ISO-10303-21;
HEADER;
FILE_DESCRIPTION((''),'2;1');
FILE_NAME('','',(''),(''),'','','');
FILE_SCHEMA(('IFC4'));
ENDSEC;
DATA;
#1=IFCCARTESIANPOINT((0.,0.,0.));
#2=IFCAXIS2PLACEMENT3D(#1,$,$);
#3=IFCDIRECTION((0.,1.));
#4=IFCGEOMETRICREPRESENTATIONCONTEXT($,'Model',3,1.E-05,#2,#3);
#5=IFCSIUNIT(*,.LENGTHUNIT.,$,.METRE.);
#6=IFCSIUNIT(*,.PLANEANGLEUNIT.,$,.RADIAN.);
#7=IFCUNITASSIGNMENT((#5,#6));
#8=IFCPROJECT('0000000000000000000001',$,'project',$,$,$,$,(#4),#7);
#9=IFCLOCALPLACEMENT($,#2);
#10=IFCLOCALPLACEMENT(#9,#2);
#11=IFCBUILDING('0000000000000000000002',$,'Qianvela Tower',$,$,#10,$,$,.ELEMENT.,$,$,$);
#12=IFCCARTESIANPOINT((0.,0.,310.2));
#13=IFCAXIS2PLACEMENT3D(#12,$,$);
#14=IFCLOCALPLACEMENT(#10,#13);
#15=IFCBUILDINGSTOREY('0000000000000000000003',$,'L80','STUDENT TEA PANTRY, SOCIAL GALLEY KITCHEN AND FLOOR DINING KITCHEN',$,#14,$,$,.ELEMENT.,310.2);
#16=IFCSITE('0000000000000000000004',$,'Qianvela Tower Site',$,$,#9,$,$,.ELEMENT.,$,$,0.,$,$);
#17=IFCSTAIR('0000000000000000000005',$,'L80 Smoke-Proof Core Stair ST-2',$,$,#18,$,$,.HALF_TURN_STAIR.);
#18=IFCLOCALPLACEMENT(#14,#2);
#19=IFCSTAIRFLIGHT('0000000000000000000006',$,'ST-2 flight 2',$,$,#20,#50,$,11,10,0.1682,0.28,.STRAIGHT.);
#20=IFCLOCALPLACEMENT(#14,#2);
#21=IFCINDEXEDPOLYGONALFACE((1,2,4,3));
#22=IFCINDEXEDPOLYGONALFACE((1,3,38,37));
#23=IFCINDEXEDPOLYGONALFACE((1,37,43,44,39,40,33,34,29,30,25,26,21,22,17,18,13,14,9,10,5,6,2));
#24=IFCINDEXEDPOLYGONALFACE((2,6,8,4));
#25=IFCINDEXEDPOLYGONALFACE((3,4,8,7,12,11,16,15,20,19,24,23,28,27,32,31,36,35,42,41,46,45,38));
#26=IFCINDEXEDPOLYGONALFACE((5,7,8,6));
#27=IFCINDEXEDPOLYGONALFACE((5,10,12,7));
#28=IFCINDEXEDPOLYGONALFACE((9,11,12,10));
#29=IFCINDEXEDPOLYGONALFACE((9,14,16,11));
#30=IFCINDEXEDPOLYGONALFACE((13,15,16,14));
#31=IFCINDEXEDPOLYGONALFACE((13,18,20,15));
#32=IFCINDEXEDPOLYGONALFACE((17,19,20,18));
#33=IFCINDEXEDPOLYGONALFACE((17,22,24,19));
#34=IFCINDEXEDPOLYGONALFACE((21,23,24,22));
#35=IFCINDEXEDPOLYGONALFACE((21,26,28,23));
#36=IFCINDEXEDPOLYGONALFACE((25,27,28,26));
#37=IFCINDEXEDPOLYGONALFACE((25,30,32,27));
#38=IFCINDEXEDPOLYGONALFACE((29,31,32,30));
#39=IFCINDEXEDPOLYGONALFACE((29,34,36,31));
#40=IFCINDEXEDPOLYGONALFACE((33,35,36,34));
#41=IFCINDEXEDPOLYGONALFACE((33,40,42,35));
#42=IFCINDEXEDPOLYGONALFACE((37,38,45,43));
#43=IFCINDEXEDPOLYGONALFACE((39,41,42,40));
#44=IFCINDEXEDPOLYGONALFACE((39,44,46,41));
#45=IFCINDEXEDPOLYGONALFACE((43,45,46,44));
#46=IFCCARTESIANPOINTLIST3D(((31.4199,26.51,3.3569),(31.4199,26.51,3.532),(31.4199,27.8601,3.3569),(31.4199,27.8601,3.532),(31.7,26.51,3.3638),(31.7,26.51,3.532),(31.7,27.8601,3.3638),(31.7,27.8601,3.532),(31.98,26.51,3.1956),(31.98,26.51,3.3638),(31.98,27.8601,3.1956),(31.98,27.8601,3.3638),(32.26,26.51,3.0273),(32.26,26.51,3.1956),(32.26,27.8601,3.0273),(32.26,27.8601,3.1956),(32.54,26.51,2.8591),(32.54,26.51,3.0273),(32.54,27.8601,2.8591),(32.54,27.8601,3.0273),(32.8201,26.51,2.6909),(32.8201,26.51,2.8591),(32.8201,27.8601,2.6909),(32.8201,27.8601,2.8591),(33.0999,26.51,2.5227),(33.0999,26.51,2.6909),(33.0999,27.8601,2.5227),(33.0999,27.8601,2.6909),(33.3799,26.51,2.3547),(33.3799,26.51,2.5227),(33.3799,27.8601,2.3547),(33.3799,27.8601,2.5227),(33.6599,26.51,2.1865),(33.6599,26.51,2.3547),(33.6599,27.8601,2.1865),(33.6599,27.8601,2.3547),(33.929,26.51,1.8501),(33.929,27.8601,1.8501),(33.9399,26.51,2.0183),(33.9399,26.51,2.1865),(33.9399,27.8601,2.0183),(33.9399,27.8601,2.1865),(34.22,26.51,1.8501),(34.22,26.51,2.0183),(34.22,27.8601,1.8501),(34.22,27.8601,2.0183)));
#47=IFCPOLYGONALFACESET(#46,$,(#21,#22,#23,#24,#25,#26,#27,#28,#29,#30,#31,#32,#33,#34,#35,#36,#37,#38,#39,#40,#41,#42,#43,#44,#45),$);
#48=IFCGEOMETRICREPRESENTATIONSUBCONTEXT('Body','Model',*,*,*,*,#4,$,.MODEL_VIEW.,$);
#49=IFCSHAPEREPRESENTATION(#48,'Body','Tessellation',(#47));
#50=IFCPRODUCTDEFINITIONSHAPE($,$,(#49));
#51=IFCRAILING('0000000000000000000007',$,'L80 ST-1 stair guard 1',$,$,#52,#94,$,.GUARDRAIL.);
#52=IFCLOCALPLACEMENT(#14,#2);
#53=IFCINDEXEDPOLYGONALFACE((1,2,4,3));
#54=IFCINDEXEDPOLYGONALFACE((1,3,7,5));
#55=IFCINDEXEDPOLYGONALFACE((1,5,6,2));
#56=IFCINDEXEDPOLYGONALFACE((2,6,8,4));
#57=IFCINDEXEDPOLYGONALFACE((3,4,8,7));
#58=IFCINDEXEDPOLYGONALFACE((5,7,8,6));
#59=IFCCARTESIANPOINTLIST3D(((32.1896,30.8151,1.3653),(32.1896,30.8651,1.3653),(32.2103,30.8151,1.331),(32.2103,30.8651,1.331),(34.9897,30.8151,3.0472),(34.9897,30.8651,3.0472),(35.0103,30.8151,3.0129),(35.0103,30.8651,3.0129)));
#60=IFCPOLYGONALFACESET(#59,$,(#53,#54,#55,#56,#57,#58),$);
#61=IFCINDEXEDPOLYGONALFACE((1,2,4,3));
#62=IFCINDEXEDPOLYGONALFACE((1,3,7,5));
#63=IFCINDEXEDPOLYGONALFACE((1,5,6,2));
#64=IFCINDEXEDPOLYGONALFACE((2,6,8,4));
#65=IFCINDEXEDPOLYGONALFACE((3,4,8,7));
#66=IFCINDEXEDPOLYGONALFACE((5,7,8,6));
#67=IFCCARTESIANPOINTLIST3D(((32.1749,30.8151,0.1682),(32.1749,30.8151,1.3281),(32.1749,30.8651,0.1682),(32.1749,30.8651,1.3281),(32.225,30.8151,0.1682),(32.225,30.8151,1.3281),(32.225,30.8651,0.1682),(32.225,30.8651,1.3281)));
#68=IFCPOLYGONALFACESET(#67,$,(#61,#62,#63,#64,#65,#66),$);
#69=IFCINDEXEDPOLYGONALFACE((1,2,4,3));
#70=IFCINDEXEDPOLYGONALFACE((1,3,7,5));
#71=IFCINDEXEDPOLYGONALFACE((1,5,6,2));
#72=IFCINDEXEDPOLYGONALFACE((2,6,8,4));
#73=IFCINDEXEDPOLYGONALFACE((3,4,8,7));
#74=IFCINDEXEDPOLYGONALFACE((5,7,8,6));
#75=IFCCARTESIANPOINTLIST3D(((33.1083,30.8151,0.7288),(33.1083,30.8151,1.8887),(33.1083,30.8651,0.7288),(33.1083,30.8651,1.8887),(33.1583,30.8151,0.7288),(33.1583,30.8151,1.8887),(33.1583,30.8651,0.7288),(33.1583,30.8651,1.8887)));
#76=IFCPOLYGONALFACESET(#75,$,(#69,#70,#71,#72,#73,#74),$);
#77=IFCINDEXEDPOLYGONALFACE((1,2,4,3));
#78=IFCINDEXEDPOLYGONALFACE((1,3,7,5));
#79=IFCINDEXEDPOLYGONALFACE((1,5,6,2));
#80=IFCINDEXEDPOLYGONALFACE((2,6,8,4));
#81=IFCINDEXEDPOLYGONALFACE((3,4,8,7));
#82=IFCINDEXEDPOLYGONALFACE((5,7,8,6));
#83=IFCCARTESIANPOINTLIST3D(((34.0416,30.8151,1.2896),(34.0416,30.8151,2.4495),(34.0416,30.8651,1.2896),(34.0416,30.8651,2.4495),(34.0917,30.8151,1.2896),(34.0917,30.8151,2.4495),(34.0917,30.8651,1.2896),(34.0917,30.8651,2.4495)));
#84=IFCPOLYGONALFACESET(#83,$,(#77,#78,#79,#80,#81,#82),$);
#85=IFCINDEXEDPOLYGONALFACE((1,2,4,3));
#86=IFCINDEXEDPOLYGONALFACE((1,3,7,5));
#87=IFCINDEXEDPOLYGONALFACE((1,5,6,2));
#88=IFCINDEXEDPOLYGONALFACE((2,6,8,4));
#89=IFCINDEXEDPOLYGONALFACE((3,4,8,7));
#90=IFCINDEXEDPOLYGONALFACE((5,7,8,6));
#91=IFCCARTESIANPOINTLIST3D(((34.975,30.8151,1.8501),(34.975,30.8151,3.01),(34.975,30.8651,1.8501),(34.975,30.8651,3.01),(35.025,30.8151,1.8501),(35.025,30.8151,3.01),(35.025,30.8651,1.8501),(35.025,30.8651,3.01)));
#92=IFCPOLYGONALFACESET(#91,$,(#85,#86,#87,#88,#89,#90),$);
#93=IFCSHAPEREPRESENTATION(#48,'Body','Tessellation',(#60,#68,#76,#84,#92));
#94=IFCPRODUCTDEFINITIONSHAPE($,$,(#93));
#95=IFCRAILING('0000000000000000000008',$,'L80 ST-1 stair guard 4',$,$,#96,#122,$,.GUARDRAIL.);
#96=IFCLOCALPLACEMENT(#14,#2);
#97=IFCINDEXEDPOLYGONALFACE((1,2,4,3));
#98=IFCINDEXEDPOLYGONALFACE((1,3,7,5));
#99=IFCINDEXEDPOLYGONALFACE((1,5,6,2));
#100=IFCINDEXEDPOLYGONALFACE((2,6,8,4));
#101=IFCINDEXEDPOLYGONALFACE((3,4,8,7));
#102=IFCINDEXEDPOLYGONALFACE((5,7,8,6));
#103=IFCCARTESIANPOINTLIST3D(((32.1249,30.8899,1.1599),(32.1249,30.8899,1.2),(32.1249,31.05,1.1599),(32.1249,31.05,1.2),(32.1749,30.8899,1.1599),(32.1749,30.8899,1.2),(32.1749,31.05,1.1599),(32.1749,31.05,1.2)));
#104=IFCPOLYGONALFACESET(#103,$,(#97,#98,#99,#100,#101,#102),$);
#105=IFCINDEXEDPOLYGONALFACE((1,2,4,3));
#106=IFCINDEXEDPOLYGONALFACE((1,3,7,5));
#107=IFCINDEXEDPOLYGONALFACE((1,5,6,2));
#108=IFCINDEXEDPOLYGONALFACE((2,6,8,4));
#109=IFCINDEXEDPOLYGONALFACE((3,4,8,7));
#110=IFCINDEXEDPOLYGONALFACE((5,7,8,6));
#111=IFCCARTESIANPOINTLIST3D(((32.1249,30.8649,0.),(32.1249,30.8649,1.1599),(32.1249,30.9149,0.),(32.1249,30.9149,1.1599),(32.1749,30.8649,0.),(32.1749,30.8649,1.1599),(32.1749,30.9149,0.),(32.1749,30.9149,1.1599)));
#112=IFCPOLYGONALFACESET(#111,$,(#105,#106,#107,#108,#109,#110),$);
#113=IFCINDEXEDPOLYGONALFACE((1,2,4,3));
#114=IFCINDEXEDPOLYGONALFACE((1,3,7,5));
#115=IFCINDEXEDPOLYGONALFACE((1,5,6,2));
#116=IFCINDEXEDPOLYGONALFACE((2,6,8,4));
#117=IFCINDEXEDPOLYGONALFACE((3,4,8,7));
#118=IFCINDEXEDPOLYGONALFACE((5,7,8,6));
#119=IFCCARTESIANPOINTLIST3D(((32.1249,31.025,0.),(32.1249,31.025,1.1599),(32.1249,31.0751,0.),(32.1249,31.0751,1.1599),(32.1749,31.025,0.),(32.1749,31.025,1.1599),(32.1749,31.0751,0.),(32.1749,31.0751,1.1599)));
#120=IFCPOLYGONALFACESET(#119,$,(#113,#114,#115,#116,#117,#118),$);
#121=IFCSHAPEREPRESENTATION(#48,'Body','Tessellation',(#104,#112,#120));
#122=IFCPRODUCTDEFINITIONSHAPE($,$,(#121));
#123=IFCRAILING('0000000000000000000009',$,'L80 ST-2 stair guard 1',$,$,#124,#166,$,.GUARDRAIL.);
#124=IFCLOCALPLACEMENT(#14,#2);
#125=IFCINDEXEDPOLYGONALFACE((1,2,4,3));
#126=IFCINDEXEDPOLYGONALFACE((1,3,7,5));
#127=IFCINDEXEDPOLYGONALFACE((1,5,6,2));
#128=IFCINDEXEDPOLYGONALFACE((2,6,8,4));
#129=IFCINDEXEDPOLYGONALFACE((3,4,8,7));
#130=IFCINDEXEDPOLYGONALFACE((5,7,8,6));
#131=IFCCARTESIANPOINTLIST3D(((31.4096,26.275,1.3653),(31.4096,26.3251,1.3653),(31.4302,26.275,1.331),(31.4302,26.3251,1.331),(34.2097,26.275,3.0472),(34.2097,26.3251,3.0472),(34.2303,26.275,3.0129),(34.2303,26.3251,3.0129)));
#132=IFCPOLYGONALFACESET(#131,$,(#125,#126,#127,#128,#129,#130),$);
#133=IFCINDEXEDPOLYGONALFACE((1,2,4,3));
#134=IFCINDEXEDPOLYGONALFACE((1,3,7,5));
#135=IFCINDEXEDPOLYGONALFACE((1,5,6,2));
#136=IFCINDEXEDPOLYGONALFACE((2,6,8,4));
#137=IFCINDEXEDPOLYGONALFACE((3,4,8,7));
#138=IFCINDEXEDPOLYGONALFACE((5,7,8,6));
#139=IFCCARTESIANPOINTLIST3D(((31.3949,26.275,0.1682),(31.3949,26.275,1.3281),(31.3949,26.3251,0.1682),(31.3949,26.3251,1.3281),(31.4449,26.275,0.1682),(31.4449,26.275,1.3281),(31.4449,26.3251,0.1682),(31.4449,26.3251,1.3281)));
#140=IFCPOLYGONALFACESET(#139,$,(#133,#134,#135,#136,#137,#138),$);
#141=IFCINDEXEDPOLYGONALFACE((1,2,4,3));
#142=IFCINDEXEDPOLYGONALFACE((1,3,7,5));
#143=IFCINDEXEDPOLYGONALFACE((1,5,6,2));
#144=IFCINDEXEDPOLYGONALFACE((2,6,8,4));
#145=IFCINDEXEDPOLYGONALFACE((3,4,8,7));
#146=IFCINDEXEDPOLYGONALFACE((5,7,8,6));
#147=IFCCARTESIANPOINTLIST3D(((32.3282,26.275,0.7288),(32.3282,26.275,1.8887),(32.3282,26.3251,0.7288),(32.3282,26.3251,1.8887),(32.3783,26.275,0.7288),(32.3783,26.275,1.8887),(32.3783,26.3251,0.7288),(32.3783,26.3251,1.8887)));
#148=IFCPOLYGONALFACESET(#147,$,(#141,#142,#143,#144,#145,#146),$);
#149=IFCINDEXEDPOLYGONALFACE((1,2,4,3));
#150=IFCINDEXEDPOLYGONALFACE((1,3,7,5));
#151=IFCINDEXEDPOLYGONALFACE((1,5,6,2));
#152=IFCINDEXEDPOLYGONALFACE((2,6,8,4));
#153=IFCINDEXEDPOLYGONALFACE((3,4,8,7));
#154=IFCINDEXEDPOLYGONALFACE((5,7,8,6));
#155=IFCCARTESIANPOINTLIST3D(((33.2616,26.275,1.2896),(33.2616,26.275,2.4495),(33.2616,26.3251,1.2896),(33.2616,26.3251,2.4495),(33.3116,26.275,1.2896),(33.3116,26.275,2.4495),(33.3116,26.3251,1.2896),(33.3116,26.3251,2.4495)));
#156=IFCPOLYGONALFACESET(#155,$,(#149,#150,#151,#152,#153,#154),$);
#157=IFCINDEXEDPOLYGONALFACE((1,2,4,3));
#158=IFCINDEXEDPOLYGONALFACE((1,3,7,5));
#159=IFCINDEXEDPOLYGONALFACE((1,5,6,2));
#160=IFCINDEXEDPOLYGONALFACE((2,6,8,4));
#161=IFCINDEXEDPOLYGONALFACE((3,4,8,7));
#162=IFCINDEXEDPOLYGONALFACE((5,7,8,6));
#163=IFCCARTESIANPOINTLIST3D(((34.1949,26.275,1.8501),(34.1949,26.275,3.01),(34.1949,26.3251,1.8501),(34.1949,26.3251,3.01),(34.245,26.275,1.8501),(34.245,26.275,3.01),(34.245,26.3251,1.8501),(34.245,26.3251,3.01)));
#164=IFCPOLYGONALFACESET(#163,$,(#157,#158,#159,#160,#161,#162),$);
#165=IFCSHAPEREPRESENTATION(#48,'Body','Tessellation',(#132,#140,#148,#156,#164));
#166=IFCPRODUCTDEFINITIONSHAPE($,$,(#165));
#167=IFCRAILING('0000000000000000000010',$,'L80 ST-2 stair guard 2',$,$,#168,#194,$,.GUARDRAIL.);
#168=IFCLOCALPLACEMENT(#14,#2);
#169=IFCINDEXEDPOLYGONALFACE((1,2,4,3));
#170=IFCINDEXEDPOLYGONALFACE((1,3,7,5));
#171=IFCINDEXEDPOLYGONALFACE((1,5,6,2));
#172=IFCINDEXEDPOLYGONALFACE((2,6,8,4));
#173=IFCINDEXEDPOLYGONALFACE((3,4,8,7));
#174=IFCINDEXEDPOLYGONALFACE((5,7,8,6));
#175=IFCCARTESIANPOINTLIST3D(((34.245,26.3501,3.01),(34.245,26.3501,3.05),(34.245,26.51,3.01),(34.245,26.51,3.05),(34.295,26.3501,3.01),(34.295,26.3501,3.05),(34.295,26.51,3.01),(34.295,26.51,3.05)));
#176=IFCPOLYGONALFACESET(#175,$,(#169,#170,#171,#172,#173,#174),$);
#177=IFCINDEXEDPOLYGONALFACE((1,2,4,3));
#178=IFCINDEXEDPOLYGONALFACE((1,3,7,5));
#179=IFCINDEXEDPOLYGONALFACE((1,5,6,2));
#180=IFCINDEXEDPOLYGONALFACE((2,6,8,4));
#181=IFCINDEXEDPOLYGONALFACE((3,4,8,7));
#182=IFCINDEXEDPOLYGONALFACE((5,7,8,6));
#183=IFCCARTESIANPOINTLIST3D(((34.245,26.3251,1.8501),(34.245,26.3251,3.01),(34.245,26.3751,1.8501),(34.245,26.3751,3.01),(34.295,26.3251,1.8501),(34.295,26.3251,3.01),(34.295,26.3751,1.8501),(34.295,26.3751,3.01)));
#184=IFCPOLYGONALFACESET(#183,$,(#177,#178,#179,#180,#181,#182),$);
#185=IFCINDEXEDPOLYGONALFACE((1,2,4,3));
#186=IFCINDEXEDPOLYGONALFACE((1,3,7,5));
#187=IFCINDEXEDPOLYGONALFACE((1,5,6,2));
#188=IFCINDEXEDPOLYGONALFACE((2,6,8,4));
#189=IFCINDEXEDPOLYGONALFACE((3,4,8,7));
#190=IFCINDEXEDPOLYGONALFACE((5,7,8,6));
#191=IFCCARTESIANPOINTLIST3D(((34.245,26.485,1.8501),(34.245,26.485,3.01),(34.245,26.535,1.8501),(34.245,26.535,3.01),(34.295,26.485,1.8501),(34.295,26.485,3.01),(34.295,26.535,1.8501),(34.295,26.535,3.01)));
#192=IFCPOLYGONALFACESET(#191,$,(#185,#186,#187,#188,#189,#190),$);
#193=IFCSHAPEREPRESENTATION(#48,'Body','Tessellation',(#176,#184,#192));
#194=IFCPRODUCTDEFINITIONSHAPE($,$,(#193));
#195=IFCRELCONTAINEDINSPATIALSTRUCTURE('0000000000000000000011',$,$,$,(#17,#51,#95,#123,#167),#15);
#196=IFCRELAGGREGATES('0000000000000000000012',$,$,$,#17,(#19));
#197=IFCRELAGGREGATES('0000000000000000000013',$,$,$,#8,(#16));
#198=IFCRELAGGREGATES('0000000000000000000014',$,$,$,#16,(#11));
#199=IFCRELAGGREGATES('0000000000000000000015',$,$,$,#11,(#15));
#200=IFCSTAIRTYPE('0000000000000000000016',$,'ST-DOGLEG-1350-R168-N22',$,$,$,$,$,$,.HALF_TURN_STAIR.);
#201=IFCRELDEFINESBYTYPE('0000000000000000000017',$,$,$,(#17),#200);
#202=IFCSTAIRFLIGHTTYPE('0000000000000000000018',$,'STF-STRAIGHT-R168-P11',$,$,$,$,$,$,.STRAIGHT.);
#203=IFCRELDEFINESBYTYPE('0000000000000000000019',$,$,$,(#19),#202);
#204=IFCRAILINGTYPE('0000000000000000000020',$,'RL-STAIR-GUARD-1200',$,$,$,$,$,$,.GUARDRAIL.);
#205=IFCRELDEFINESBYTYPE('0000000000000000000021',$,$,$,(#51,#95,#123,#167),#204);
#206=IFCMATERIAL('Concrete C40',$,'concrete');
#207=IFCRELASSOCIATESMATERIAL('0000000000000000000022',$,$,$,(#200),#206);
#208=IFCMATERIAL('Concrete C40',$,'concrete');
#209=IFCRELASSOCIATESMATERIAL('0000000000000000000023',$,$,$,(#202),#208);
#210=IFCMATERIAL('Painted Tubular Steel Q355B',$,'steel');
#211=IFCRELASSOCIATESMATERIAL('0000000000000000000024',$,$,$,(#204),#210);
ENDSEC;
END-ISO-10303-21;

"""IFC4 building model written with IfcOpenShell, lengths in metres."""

from ifc_helpers import new_model, si_unit, direction, frame, origin, origin_2d, place, context, subcontext, project, spatial, polyline, rectangle, outline, extrude, material, type_object, element, aggregate, save


model = new_model("IFC4")

# Units and contexts
model_context = context("Model", 3, precision=1e-05, world=origin(), true_north=direction((0.0, 1.0)))
body_context = subcontext(model_context, "Body", "Model", "MODEL_VIEW")
ifc_project = project(units=[si_unit("LENGTHUNIT", "METRE"), si_unit("PLANEANGLEUNIT", "RADIAN")], contexts=[model_context])

# Site, building, storey
site_placement = place(None, origin())
site = spatial("IfcSite", under=ifc_project, at=site_placement, Name="Qianvela Tower Site", CompositionType="ELEMENT", RefElevation=0.0)
building_placement = place(site_placement, origin())
building = spatial("IfcBuilding", under=site, at=building_placement, Name="Qianvela Tower", CompositionType="ELEMENT")
storey_placement = place(building_placement, frame((0.0, 0.0, 310.2)))
storey = spatial("IfcBuildingStorey", under=building, at=storey_placement, Name="L80", Description="STUDENT TEA PANTRY, SOCIAL GALLEY KITCHEN AND FLOOR DINING KITCHEN", CompositionType="ELEMENT", Elevation=310.2)

# Shared definitions
ifc_material_1 = material(Name="Concrete C40", Category="concrete")
stair_type = type_object("IfcStairType", Name="ST-DOGLEG-1350-R168-N22", PredefinedType="HALF_TURN_STAIR", material=ifc_material_1)
ifc_material_2 = material(Name="Concrete C40", Category="concrete")
stair_flight_type = type_object("IfcStairFlightType", Name="STF-STRAIGHT-R168-P11", PredefinedType="STRAIGHT", material=ifc_material_2)

# Stair, stair flight
stair_1_placement = place(storey_placement, origin())
stair_1 = element("IfcStair", 1, at=stair_1_placement, inside=storey, type_object=stair_type, Name="L80 Smoke-Proof Core Stair ST-2", PredefinedType="HALF_TURN_STAIR")
stair_flight_1_placement = place(storey_placement, frame((34.22, 27.1851, 1.8501), z_axis=(0.0, 0.0, 1.0), x_axis=(-1.0, 0.0, 0.0)))
stair_flight_1 = element("IfcStairFlight", 2, at=stair_flight_1_placement, type_object=stair_flight_type, Name="ST-2 flight 2", NumberOfRisers=11, NumberOfTreads=10, PredefinedType="STRAIGHT", RiserHeight=0.1682, TreadLength=0.28, context=body_context, shape_type="SweptSolid", body=[
    extrude(outline(polyline([(0.0, 0.0), (0.0, 0.1682), (0.28, 0.1682), (0.28, 0.3364), (0.5601, 0.3364), (0.5601, 0.5046), (0.8401, 0.5046), (0.8401, 0.6726), (1.1201, 0.6726), (1.1201, 0.8408), (1.3999, 0.8408), (1.3999, 1.009), (1.6799, 1.009), (1.6799, 1.1772), (1.96, 1.1772), (1.96, 1.3455), (2.24, 1.3455), (2.24, 1.5137), (2.52, 1.5137), (2.52, 1.6819), (2.8, 1.6819), (2.8, 1.8501), (2.8, 1.5068), (0.291, 0.0), (0.0, 0.0)])), frame((0.0, 0.675, 0.0), z_axis=(0.0, -1.0, 0.0), x_axis=(1.0, 0.0, 0.0)), (0.0, 0.0, 1.0), 1.3501),
])
aggregate(stair_1, [stair_flight_1])

# Railings
ifc_material_3 = material(Name="Painted Tubular Steel Q355B", Category="steel")
railing_type_1 = type_object("IfcRailingType", Name="RL-STAIR-GUARD-1200", PredefinedType="GUARDRAIL", material=ifc_material_3)
railing_1_placement = place(storey_placement, frame((32.2, 30.8401, 0.1682)))
element("IfcRailing", 3, at=railing_1_placement, inside=storey, type_object=railing_type_1, Name="L80 ST-1 stair guard 1", PredefinedType="GUARDRAIL", context=body_context, shape_type="SweptSolid", body=[
    extrude(rectangle(XDim=0.05, YDim=0.04, at=origin_2d()), frame((0.0, 0.0, 1.1799), z_axis=(0.857242, 0.0, 0.514913), x_axis=(0.0, 1.0, 0.0)), (0.0, 0.0, 1.0), 3.2664),
    extrude(rectangle(XDim=0.05, YDim=0.05, at=origin_2d()), origin(), (0.0, 0.0, 1.0), 1.1599),
    extrude(rectangle(XDim=0.05, YDim=0.05, at=origin_2d()), frame((0.9333, 0.0, 0.5605)), (0.0, 0.0, 1.0), 1.1599),
    extrude(rectangle(XDim=0.05, YDim=0.05, at=origin_2d()), frame((1.8667, 0.0, 1.1213)), (0.0, 0.0, 1.0), 1.1599),
    extrude(rectangle(XDim=0.05, YDim=0.05, at=origin_2d()), frame((2.8, 0.0, 1.6819)), (0.0, 0.0, 1.0), 1.1599),
])
railing_2_placement = place(storey_placement, frame((32.1499, 30.8899, 0.0)))
element("IfcRailing", 4, at=railing_2_placement, inside=storey, type_object=railing_type_1, Name="L80 ST-1 stair guard 4", PredefinedType="GUARDRAIL", context=body_context, shape_type="SweptSolid", body=[
    extrude(rectangle(XDim=0.05, YDim=0.04, at=origin_2d()), frame((0.0, 0.0, 1.1799), z_axis=(0.0, 1.0, 0.0), x_axis=(-1.0, 0.0, 0.0)), (0.0, 0.0, 1.0), 0.1602),
    extrude(rectangle(XDim=0.05, YDim=0.05, at=origin_2d()), origin(), (0.0, 0.0, 1.0), 1.1599),
    extrude(rectangle(XDim=0.05, YDim=0.05, at=origin_2d()), frame((0.0, 0.1602, 0.0)), (0.0, 0.0, 1.0), 1.1599),
])
railing_3_placement = place(storey_placement, frame((31.4199, 26.3, 0.1682)))
element("IfcRailing", 5, at=railing_3_placement, inside=storey, type_object=railing_type_1, Name="L80 ST-2 stair guard 1", PredefinedType="GUARDRAIL", context=body_context, shape_type="SweptSolid", body=[
    extrude(rectangle(XDim=0.05, YDim=0.04, at=origin_2d()), frame((0.0, 0.0, 1.1799), z_axis=(0.857242, 0.0, 0.514913), x_axis=(0.0, 1.0, 0.0)), (0.0, 0.0, 1.0), 3.2664),
    extrude(rectangle(XDim=0.05, YDim=0.05, at=origin_2d()), origin(), (0.0, 0.0, 1.0), 1.1599),
    extrude(rectangle(XDim=0.05, YDim=0.05, at=origin_2d()), frame((0.9333, 0.0, 0.5605)), (0.0, 0.0, 1.0), 1.1599),
    extrude(rectangle(XDim=0.05, YDim=0.05, at=origin_2d()), frame((1.8667, 0.0, 1.1213)), (0.0, 0.0, 1.0), 1.1599),
    extrude(rectangle(XDim=0.05, YDim=0.05, at=origin_2d()), frame((2.8, 0.0, 1.6819)), (0.0, 0.0, 1.0), 1.1599),
])
railing_4_placement = place(storey_placement, frame((34.27, 26.3501, 1.8501)))
element("IfcRailing", 6, at=railing_4_placement, inside=storey, type_object=railing_type_1, Name="L80 ST-2 stair guard 2", PredefinedType="GUARDRAIL", context=body_context, shape_type="SweptSolid", body=[
    extrude(rectangle(XDim=0.05, YDim=0.04, at=origin_2d()), frame((0.0, 0.0, 1.1799), z_axis=(0.0, 1.0, 0.0), x_axis=(-1.0, 0.0, 0.0)), (0.0, 0.0, 1.0), 0.1599),
    extrude(rectangle(XDim=0.05, YDim=0.05, at=origin_2d()), origin(), (0.0, 0.0, 1.0), 1.1599),
    extrude(rectangle(XDim=0.05, YDim=0.05, at=origin_2d()), frame((0.0, 0.1599, 0.0)), (0.0, 0.0, 1.0), 1.1599),
])

save(model, "model.ifc")
